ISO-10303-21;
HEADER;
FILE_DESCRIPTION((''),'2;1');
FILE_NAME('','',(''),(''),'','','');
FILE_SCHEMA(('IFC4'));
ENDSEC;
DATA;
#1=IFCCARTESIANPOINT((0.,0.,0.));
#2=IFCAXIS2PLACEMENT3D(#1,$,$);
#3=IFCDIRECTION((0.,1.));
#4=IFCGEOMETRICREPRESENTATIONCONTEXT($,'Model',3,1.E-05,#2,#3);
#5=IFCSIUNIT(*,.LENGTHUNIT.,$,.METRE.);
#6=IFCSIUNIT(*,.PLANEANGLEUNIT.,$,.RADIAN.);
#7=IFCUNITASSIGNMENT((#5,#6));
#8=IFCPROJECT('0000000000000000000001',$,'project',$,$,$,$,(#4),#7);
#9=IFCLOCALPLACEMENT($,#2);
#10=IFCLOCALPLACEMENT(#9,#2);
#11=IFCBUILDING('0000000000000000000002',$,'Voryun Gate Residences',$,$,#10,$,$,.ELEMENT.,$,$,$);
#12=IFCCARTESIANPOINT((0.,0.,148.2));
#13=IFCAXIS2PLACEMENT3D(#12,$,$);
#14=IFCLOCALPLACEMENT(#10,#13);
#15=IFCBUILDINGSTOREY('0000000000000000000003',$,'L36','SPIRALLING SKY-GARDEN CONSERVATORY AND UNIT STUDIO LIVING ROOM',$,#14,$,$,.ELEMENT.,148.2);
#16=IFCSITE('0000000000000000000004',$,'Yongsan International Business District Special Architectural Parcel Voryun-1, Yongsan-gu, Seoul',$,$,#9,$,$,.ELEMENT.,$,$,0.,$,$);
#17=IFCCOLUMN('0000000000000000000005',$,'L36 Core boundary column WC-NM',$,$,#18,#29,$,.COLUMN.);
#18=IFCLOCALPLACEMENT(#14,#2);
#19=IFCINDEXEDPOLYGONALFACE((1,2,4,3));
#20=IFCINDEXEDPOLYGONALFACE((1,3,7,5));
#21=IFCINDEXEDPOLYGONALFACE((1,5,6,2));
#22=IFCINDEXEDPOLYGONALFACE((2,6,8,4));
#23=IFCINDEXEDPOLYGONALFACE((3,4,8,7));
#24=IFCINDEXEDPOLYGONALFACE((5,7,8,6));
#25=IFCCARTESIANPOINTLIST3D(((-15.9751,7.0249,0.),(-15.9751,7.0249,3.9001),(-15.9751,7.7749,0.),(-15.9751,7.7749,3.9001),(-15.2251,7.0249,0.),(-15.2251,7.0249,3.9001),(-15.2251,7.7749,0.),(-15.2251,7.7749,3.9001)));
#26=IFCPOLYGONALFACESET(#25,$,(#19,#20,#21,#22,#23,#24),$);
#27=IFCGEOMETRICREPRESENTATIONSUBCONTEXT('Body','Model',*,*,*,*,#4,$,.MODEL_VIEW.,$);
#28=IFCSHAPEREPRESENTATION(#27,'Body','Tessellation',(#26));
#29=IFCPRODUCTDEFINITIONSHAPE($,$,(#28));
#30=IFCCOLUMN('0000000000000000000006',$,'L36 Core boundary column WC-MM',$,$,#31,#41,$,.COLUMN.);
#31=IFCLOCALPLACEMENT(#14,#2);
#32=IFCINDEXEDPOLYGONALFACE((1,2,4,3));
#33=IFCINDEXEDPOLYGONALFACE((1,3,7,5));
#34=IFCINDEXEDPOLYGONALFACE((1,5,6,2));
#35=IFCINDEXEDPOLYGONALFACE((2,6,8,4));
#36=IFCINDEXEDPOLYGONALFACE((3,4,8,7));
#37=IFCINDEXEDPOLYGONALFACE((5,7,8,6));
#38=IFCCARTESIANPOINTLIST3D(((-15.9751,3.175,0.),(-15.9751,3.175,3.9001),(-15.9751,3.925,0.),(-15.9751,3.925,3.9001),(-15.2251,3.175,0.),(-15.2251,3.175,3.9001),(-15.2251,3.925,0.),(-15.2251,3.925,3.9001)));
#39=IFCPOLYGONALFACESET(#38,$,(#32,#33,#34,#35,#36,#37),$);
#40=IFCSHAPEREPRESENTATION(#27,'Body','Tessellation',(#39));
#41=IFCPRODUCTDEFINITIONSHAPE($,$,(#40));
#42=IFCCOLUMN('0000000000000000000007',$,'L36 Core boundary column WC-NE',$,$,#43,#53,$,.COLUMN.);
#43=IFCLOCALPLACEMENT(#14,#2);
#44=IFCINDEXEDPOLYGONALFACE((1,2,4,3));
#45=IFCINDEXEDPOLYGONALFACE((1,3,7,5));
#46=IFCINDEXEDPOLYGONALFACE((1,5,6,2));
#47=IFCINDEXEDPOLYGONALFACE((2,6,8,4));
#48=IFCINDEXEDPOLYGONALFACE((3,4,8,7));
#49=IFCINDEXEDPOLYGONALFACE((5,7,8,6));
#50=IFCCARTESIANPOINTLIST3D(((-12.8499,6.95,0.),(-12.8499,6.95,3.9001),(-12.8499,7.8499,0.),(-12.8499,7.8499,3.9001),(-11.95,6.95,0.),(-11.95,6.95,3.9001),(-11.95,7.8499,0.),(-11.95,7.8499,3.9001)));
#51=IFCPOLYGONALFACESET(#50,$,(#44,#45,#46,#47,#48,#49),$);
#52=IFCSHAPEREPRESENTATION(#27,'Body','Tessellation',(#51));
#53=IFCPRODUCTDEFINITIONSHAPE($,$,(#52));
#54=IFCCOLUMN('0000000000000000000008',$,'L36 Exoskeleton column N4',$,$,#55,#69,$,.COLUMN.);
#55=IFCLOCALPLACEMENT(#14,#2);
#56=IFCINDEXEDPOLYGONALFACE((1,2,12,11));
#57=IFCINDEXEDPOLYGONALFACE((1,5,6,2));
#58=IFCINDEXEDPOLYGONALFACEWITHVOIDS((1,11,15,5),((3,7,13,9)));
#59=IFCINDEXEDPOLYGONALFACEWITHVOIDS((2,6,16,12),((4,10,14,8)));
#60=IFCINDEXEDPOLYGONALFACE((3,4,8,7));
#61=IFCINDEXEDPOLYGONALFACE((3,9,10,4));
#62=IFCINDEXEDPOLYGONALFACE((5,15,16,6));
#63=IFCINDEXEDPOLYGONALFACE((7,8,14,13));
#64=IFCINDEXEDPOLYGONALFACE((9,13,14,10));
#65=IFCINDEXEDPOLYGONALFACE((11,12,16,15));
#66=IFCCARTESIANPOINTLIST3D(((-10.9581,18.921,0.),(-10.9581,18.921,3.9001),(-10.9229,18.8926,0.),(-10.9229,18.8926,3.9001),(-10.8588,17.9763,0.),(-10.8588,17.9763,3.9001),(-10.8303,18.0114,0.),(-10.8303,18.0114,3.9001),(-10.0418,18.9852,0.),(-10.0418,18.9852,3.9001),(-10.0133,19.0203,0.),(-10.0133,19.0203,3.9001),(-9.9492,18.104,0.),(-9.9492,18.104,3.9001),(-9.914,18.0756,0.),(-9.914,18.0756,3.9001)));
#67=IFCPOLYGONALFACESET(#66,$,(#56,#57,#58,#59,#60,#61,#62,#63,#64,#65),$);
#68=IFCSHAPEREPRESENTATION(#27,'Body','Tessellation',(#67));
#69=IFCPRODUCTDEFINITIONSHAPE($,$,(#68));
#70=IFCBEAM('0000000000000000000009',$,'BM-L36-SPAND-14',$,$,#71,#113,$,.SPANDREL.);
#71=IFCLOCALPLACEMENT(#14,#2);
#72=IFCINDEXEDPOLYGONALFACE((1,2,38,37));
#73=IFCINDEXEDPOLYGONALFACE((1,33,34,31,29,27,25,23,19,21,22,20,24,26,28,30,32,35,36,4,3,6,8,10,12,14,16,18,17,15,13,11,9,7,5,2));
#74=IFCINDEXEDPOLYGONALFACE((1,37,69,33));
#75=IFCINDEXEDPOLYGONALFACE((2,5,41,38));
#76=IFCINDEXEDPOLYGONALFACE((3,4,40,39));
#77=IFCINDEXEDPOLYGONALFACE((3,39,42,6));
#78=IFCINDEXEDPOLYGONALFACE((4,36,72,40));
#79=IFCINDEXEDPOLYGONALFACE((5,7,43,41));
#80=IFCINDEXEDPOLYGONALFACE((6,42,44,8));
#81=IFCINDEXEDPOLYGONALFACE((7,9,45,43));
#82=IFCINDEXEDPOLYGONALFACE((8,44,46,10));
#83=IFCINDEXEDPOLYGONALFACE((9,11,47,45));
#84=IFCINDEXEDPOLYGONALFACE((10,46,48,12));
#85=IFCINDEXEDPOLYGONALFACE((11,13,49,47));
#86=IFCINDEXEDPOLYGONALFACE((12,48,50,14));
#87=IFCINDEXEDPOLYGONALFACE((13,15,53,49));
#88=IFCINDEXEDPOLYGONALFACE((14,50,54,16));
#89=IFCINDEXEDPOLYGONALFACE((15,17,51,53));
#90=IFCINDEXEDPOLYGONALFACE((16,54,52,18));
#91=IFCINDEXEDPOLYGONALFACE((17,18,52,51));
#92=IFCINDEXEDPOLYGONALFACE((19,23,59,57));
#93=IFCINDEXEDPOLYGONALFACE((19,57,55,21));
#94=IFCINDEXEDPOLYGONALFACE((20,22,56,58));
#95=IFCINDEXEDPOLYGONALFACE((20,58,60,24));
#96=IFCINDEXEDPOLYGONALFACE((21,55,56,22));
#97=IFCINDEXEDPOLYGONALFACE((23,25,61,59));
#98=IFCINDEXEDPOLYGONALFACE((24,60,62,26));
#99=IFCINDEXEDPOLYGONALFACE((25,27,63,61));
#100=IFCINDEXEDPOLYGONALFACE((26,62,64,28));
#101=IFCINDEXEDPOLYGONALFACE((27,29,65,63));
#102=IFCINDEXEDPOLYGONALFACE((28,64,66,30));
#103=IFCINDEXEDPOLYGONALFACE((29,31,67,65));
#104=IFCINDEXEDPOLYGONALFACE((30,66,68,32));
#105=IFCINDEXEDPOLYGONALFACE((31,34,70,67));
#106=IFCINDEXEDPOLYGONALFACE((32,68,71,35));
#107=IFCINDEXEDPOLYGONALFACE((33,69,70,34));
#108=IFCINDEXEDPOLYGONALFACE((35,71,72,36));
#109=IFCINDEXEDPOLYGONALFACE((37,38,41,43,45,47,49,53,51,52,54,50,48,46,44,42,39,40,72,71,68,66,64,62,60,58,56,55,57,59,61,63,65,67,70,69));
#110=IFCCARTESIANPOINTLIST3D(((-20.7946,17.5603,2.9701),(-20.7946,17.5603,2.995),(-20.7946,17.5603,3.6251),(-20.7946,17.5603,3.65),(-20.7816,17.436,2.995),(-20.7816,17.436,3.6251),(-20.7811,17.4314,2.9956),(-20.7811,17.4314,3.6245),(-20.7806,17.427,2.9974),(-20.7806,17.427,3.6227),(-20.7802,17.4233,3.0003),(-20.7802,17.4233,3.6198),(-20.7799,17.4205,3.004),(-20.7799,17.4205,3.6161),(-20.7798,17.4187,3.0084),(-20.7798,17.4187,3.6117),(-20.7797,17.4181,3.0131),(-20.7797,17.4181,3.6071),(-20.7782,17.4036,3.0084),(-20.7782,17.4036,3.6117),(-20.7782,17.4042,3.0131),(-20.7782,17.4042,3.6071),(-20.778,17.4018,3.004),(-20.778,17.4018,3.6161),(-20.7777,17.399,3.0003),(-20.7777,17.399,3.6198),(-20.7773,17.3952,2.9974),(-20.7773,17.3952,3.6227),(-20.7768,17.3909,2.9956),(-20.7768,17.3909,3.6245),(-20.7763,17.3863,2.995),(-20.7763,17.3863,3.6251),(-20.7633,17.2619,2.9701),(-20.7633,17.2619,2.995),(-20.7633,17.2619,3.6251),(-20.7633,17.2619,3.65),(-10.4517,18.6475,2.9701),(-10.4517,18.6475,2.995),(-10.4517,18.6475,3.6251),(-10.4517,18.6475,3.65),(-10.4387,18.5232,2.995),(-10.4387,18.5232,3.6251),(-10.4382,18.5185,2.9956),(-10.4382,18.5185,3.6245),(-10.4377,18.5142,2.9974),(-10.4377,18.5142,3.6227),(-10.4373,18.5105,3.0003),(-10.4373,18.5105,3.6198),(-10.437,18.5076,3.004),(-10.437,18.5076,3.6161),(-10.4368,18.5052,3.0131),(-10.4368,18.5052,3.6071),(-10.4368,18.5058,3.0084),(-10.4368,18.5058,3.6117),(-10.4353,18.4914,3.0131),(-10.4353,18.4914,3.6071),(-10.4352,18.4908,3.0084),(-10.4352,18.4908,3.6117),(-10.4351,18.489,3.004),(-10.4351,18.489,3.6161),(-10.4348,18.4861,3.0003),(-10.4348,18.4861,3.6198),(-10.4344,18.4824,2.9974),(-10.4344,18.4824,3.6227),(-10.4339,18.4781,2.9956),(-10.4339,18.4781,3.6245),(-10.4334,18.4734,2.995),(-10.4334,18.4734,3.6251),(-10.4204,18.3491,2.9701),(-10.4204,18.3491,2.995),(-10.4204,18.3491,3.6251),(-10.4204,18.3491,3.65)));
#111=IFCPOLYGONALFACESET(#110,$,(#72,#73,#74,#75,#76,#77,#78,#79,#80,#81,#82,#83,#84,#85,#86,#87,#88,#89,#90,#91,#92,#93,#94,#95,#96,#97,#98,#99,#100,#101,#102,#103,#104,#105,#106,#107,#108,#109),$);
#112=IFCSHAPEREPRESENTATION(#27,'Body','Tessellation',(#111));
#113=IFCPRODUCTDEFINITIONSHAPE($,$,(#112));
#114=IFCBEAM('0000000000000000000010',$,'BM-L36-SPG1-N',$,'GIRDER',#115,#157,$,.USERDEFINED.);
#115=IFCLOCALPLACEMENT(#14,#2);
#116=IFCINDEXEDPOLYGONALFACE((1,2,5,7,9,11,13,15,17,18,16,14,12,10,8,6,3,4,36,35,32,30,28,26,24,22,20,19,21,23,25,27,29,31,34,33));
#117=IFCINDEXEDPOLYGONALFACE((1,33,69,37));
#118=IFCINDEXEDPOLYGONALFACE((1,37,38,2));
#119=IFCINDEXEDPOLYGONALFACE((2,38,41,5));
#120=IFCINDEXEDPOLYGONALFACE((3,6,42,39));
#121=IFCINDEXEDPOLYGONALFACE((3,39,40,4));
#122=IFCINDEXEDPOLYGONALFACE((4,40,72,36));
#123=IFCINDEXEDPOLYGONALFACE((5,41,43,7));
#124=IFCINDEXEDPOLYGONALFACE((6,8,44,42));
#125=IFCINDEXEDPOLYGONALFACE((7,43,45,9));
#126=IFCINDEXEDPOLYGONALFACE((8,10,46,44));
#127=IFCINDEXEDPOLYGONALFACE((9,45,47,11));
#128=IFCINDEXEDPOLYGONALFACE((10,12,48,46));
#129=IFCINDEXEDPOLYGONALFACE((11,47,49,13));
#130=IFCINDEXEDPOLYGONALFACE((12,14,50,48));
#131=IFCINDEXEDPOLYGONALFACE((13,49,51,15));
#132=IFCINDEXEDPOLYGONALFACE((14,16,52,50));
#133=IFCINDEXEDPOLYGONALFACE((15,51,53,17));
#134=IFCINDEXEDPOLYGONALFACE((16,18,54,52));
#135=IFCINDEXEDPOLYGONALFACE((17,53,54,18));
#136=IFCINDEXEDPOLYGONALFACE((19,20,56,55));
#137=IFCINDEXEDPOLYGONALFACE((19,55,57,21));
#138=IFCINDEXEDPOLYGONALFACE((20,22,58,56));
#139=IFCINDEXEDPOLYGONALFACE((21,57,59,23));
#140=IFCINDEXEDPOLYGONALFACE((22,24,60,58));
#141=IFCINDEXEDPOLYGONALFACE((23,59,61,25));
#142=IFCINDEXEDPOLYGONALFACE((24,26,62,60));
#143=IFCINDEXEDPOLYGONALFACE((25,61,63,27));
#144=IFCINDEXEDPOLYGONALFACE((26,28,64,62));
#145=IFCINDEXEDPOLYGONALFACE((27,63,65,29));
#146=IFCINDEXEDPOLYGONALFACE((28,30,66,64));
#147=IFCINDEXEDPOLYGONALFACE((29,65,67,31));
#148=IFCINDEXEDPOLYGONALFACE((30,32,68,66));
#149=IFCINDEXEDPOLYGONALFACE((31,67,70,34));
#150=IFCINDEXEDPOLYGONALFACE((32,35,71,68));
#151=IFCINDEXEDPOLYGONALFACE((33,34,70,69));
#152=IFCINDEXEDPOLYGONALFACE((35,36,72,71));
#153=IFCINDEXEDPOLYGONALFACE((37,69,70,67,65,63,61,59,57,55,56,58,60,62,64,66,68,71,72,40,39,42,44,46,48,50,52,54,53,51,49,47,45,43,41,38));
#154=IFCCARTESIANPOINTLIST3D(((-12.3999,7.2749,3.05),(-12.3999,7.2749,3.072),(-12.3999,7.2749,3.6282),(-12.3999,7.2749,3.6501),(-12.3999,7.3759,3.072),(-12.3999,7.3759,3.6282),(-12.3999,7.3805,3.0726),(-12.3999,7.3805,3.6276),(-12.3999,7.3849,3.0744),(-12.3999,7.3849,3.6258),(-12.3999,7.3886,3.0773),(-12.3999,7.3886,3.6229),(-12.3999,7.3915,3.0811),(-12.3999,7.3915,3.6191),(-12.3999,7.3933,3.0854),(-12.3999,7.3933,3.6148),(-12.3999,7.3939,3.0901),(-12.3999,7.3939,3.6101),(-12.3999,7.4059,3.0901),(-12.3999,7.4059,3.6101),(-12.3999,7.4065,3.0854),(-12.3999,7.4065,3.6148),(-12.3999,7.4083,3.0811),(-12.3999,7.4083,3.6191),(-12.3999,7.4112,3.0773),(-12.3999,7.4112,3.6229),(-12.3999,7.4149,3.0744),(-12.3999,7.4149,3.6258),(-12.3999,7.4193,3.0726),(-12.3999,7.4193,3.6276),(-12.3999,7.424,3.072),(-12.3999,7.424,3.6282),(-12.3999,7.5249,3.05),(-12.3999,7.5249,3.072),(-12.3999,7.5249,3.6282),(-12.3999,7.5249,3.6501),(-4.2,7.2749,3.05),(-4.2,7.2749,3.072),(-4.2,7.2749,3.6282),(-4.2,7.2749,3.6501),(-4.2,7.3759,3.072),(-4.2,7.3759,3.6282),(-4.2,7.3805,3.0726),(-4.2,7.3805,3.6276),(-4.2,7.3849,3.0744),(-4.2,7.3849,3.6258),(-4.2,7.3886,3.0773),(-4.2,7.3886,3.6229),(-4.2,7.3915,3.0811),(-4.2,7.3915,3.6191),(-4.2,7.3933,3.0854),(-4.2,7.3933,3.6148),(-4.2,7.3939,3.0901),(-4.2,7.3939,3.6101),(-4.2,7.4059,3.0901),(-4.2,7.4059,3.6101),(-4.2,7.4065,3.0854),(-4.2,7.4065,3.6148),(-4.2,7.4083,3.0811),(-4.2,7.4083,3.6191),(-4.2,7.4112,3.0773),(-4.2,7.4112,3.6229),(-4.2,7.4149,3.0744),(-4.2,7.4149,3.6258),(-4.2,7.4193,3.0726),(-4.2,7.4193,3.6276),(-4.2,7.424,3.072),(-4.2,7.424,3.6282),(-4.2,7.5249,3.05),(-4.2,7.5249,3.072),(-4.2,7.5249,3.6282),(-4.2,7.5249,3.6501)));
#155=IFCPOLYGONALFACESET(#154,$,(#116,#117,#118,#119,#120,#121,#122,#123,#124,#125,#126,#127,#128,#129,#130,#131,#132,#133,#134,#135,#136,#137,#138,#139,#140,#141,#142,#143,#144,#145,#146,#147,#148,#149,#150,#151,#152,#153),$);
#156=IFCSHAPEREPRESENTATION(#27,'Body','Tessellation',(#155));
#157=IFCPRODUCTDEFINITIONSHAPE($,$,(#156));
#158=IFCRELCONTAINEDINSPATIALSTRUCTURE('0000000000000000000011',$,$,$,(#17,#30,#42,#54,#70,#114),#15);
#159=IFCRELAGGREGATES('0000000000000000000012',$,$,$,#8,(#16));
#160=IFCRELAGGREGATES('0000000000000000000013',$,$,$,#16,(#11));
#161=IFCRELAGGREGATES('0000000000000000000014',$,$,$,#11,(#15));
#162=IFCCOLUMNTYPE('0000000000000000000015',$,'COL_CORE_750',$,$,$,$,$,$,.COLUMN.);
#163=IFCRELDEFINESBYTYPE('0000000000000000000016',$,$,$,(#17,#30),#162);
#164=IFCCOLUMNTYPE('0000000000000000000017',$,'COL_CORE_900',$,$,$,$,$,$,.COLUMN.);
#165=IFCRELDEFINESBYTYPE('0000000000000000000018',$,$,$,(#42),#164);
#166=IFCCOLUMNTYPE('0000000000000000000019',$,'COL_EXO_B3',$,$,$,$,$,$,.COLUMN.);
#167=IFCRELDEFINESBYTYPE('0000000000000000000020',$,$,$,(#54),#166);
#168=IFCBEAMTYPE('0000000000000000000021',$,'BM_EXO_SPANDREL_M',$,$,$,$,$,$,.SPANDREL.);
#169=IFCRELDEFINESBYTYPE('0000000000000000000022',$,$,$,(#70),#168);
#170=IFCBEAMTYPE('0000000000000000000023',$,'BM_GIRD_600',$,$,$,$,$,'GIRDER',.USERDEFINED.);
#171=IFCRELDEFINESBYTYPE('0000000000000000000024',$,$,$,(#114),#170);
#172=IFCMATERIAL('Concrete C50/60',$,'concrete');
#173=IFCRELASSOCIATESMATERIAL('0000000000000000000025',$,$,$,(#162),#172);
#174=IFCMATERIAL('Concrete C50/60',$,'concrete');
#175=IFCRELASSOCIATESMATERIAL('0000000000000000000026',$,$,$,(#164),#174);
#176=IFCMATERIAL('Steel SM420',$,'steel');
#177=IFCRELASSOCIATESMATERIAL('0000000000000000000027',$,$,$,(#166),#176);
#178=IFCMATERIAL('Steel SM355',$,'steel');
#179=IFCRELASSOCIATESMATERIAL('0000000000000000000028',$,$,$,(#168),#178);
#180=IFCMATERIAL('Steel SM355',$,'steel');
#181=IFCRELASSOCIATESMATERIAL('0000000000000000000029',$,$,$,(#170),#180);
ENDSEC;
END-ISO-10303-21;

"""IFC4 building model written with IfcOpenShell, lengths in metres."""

from ifc_helpers import new_model, si_unit, direction, frame, origin, origin_2d, place, context, subcontext, project, spatial, rectangle, hollow_rectangle, i_section, extrude, material, material_profile, profile_set, type_object, element, save


model = new_model("IFC4")

# Units and contexts
model_context = context("Model", 3, precision=1e-05, world=origin(), true_north=direction((0.0, 1.0)))
body_context = subcontext(model_context, "Body", "Model", "MODEL_VIEW")
ifc_project = project(units=[si_unit("LENGTHUNIT", "METRE"), si_unit("PLANEANGLEUNIT", "RADIAN")], contexts=[model_context])

# Site, building, storey
site_placement = place(None, origin())
site = spatial("IfcSite", under=ifc_project, at=site_placement, Name="Yongsan International Business District Special Architectural Parcel Voryun-1, Yongsan-gu, Seoul", CompositionType="ELEMENT", RefElevation=0.0)
building_placement = place(site_placement, origin())
building = spatial("IfcBuilding", under=site, at=building_placement, Name="Voryun Gate Residences", CompositionType="ELEMENT")
storey_placement = place(building_placement, frame((0.0, 0.0, 148.2)))
storey = spatial("IfcBuildingStorey", under=building, at=storey_placement, Name="L36", Description="SPIRALLING SKY-GARDEN CONSERVATORY AND UNIT STUDIO LIVING ROOM", CompositionType="ELEMENT", Elevation=148.2)

# Columns
ifc_material_1 = material(Name="Concrete C50/60", Category="concrete")
ifc_material_profile_1 = material_profile(ifc_material_1, rectangle(XDim=0.75, YDim=0.75, at=origin_2d()), Name="RC-750x750")
ifc_profile_set_1 = profile_set([ifc_material_profile_1], Name="Concrete C50/60")
column_type_1 = type_object("IfcColumnType", Name="COL_CORE_750", PredefinedType="COLUMN", material=ifc_profile_set_1)
for number, where, z_axis, x_axis, name in (
    (1, (-15.6001, 7.3999, 0.0), (0.0, 0.0, 1.0), (1.0, 0.0, 0.0), "L36 Core boundary column WC-NM"),
    (2, (-15.6001, 3.55, 0.0), (0.0, 0.0, 1.0), (1.0, 0.0, 0.0), "L36 Core boundary column WC-MM"),
):
    element("IfcColumn", number, at=place(storey_placement, frame(where, z_axis=z_axis, x_axis=x_axis)), inside=storey, type_object=column_type_1, Name=name, PredefinedType="COLUMN", context=body_context, shape_type="SweptSolid", body=[
        extrude(rectangle(XDim=0.75, YDim=0.75, at=origin_2d()), origin(), (0.0, 0.0, 1.0), 3.9001),
    ])
ifc_material_2 = material(Name="Concrete C50/60", Category="concrete")
ifc_material_profile_2 = material_profile(ifc_material_2, rectangle(XDim=0.8999, YDim=0.8999, at=origin_2d()), Name="RC-900x900")
ifc_profile_set_2 = profile_set([ifc_material_profile_2], Name="Concrete C50/60")
column_type_2 = type_object("IfcColumnType", Name="COL_CORE_900", PredefinedType="COLUMN", material=ifc_profile_set_2)
column_1_placement = place(storey_placement, frame((-12.3999, 7.3999, 0.0), z_axis=(0.0, 0.0, 1.0), x_axis=(1.0, 0.0, 0.0)))
element("IfcColumn", 3, at=column_1_placement, inside=storey, type_object=column_type_2, Name="L36 Core boundary column WC-NE", PredefinedType="COLUMN", context=body_context, shape_type="SweptSolid", body=[
    extrude(rectangle(XDim=0.8999, YDim=0.8999, at=origin_2d()), origin(), (0.0, 0.0, 1.0), 3.9001),
])
ifc_material_3 = material(Name="Steel SM420", Category="steel")
ifc_material_profile_3 = material_profile(ifc_material_3, hollow_rectangle(XDim=0.95, YDim=0.95, WallThickness=0.032, at=origin_2d()), Name="BOX-950x950x32")
ifc_profile_set_3 = profile_set([ifc_material_profile_3], Name="Steel SM420")
column_type_3 = type_object("IfcColumnType", Name="COL_EXO_B3", PredefinedType="COLUMN", material=ifc_profile_set_3)
column_2_placement = place(storey_placement, frame((-10.436, 18.4983, 0.0), z_axis=(0.0, 0.0, 1.0), x_axis=(0.994522, 0.104528, 0.0)))
element("IfcColumn", 4, at=column_2_placement, inside=storey, type_object=column_type_3, Name="L36 Exoskeleton column N4", PredefinedType="COLUMN", context=body_context, shape_type="SweptSolid", body=[
    extrude(hollow_rectangle(XDim=0.95, YDim=0.95, WallThickness=0.032, at=origin_2d()), origin(), (0.0, 0.0, 1.0), 3.9001),
])

# Beams
ifc_material_4 = material(Name="Steel SM355", Category="steel")
ifc_material_profile_4 = material_profile(ifc_material_4, i_section(OverallWidth=0.3, OverallDepth=0.6799, WebThickness=0.0139, FlangeThickness=0.0249, FilletRadius=0.0181, at=origin_2d()), Name="H-680x300x14x25")
ifc_profile_set_4 = profile_set([ifc_material_profile_4], Name="Steel SM355")
beam_type_1 = type_object("IfcBeamType", Name="BM_EXO_SPANDREL_M", PredefinedType="SPANDREL", material=ifc_profile_set_4)
beam_1_placement = place(storey_placement, frame((-10.436, 18.4983, 3.3101), z_axis=(-0.994521, -0.104534, 0.0), x_axis=(0.104534, -0.994521, 0.0)))
element("IfcBeam", 5, at=beam_1_placement, inside=storey, type_object=beam_type_1, Name="BM-L36-SPAND-14", PredefinedType="SPANDREL", context=body_context, shape_type="SweptSolid", body=[
    extrude(i_section(OverallWidth=0.3, OverallDepth=0.6799, WebThickness=0.0139, FlangeThickness=0.0249, FilletRadius=0.0181, at=origin_2d()), origin(), (0.0, 0.0, 1.0), 10.3999),
])
ifc_material_5 = material(Name="Steel SM355", Category="steel")
ifc_material_profile_5 = material_profile(ifc_material_5, i_section(OverallWidth=0.25, OverallDepth=0.6001, WebThickness=0.012, FlangeThickness=0.022, FilletRadius=0.0181, at=origin_2d()), Name="H-600x250x12x22")
ifc_profile_set_5 = profile_set([ifc_material_profile_5], Name="Steel SM355")
beam_type_2 = type_object("IfcBeamType", Name="BM_GIRD_600", ElementType="GIRDER", PredefinedType="USERDEFINED", material=ifc_profile_set_5)
beam_2_placement = place(storey_placement, frame((-12.3999, 7.3999, 3.3501), z_axis=(1.0, 0.0, 0.0), x_axis=(0.0, 1.0, 0.0)))
element("IfcBeam", 6, at=beam_2_placement, inside=storey, type_object=beam_type_2, Name="BM-L36-SPG1-N", ObjectType="GIRDER", PredefinedType="USERDEFINED", context=body_context, shape_type="SweptSolid", body=[
    extrude(i_section(OverallWidth=0.25, OverallDepth=0.6001, WebThickness=0.012, FlangeThickness=0.022, FilletRadius=0.0181, at=origin_2d()), origin(), (0.0, 0.0, 1.0), 8.2),
])

save(model, "model.ifc")
